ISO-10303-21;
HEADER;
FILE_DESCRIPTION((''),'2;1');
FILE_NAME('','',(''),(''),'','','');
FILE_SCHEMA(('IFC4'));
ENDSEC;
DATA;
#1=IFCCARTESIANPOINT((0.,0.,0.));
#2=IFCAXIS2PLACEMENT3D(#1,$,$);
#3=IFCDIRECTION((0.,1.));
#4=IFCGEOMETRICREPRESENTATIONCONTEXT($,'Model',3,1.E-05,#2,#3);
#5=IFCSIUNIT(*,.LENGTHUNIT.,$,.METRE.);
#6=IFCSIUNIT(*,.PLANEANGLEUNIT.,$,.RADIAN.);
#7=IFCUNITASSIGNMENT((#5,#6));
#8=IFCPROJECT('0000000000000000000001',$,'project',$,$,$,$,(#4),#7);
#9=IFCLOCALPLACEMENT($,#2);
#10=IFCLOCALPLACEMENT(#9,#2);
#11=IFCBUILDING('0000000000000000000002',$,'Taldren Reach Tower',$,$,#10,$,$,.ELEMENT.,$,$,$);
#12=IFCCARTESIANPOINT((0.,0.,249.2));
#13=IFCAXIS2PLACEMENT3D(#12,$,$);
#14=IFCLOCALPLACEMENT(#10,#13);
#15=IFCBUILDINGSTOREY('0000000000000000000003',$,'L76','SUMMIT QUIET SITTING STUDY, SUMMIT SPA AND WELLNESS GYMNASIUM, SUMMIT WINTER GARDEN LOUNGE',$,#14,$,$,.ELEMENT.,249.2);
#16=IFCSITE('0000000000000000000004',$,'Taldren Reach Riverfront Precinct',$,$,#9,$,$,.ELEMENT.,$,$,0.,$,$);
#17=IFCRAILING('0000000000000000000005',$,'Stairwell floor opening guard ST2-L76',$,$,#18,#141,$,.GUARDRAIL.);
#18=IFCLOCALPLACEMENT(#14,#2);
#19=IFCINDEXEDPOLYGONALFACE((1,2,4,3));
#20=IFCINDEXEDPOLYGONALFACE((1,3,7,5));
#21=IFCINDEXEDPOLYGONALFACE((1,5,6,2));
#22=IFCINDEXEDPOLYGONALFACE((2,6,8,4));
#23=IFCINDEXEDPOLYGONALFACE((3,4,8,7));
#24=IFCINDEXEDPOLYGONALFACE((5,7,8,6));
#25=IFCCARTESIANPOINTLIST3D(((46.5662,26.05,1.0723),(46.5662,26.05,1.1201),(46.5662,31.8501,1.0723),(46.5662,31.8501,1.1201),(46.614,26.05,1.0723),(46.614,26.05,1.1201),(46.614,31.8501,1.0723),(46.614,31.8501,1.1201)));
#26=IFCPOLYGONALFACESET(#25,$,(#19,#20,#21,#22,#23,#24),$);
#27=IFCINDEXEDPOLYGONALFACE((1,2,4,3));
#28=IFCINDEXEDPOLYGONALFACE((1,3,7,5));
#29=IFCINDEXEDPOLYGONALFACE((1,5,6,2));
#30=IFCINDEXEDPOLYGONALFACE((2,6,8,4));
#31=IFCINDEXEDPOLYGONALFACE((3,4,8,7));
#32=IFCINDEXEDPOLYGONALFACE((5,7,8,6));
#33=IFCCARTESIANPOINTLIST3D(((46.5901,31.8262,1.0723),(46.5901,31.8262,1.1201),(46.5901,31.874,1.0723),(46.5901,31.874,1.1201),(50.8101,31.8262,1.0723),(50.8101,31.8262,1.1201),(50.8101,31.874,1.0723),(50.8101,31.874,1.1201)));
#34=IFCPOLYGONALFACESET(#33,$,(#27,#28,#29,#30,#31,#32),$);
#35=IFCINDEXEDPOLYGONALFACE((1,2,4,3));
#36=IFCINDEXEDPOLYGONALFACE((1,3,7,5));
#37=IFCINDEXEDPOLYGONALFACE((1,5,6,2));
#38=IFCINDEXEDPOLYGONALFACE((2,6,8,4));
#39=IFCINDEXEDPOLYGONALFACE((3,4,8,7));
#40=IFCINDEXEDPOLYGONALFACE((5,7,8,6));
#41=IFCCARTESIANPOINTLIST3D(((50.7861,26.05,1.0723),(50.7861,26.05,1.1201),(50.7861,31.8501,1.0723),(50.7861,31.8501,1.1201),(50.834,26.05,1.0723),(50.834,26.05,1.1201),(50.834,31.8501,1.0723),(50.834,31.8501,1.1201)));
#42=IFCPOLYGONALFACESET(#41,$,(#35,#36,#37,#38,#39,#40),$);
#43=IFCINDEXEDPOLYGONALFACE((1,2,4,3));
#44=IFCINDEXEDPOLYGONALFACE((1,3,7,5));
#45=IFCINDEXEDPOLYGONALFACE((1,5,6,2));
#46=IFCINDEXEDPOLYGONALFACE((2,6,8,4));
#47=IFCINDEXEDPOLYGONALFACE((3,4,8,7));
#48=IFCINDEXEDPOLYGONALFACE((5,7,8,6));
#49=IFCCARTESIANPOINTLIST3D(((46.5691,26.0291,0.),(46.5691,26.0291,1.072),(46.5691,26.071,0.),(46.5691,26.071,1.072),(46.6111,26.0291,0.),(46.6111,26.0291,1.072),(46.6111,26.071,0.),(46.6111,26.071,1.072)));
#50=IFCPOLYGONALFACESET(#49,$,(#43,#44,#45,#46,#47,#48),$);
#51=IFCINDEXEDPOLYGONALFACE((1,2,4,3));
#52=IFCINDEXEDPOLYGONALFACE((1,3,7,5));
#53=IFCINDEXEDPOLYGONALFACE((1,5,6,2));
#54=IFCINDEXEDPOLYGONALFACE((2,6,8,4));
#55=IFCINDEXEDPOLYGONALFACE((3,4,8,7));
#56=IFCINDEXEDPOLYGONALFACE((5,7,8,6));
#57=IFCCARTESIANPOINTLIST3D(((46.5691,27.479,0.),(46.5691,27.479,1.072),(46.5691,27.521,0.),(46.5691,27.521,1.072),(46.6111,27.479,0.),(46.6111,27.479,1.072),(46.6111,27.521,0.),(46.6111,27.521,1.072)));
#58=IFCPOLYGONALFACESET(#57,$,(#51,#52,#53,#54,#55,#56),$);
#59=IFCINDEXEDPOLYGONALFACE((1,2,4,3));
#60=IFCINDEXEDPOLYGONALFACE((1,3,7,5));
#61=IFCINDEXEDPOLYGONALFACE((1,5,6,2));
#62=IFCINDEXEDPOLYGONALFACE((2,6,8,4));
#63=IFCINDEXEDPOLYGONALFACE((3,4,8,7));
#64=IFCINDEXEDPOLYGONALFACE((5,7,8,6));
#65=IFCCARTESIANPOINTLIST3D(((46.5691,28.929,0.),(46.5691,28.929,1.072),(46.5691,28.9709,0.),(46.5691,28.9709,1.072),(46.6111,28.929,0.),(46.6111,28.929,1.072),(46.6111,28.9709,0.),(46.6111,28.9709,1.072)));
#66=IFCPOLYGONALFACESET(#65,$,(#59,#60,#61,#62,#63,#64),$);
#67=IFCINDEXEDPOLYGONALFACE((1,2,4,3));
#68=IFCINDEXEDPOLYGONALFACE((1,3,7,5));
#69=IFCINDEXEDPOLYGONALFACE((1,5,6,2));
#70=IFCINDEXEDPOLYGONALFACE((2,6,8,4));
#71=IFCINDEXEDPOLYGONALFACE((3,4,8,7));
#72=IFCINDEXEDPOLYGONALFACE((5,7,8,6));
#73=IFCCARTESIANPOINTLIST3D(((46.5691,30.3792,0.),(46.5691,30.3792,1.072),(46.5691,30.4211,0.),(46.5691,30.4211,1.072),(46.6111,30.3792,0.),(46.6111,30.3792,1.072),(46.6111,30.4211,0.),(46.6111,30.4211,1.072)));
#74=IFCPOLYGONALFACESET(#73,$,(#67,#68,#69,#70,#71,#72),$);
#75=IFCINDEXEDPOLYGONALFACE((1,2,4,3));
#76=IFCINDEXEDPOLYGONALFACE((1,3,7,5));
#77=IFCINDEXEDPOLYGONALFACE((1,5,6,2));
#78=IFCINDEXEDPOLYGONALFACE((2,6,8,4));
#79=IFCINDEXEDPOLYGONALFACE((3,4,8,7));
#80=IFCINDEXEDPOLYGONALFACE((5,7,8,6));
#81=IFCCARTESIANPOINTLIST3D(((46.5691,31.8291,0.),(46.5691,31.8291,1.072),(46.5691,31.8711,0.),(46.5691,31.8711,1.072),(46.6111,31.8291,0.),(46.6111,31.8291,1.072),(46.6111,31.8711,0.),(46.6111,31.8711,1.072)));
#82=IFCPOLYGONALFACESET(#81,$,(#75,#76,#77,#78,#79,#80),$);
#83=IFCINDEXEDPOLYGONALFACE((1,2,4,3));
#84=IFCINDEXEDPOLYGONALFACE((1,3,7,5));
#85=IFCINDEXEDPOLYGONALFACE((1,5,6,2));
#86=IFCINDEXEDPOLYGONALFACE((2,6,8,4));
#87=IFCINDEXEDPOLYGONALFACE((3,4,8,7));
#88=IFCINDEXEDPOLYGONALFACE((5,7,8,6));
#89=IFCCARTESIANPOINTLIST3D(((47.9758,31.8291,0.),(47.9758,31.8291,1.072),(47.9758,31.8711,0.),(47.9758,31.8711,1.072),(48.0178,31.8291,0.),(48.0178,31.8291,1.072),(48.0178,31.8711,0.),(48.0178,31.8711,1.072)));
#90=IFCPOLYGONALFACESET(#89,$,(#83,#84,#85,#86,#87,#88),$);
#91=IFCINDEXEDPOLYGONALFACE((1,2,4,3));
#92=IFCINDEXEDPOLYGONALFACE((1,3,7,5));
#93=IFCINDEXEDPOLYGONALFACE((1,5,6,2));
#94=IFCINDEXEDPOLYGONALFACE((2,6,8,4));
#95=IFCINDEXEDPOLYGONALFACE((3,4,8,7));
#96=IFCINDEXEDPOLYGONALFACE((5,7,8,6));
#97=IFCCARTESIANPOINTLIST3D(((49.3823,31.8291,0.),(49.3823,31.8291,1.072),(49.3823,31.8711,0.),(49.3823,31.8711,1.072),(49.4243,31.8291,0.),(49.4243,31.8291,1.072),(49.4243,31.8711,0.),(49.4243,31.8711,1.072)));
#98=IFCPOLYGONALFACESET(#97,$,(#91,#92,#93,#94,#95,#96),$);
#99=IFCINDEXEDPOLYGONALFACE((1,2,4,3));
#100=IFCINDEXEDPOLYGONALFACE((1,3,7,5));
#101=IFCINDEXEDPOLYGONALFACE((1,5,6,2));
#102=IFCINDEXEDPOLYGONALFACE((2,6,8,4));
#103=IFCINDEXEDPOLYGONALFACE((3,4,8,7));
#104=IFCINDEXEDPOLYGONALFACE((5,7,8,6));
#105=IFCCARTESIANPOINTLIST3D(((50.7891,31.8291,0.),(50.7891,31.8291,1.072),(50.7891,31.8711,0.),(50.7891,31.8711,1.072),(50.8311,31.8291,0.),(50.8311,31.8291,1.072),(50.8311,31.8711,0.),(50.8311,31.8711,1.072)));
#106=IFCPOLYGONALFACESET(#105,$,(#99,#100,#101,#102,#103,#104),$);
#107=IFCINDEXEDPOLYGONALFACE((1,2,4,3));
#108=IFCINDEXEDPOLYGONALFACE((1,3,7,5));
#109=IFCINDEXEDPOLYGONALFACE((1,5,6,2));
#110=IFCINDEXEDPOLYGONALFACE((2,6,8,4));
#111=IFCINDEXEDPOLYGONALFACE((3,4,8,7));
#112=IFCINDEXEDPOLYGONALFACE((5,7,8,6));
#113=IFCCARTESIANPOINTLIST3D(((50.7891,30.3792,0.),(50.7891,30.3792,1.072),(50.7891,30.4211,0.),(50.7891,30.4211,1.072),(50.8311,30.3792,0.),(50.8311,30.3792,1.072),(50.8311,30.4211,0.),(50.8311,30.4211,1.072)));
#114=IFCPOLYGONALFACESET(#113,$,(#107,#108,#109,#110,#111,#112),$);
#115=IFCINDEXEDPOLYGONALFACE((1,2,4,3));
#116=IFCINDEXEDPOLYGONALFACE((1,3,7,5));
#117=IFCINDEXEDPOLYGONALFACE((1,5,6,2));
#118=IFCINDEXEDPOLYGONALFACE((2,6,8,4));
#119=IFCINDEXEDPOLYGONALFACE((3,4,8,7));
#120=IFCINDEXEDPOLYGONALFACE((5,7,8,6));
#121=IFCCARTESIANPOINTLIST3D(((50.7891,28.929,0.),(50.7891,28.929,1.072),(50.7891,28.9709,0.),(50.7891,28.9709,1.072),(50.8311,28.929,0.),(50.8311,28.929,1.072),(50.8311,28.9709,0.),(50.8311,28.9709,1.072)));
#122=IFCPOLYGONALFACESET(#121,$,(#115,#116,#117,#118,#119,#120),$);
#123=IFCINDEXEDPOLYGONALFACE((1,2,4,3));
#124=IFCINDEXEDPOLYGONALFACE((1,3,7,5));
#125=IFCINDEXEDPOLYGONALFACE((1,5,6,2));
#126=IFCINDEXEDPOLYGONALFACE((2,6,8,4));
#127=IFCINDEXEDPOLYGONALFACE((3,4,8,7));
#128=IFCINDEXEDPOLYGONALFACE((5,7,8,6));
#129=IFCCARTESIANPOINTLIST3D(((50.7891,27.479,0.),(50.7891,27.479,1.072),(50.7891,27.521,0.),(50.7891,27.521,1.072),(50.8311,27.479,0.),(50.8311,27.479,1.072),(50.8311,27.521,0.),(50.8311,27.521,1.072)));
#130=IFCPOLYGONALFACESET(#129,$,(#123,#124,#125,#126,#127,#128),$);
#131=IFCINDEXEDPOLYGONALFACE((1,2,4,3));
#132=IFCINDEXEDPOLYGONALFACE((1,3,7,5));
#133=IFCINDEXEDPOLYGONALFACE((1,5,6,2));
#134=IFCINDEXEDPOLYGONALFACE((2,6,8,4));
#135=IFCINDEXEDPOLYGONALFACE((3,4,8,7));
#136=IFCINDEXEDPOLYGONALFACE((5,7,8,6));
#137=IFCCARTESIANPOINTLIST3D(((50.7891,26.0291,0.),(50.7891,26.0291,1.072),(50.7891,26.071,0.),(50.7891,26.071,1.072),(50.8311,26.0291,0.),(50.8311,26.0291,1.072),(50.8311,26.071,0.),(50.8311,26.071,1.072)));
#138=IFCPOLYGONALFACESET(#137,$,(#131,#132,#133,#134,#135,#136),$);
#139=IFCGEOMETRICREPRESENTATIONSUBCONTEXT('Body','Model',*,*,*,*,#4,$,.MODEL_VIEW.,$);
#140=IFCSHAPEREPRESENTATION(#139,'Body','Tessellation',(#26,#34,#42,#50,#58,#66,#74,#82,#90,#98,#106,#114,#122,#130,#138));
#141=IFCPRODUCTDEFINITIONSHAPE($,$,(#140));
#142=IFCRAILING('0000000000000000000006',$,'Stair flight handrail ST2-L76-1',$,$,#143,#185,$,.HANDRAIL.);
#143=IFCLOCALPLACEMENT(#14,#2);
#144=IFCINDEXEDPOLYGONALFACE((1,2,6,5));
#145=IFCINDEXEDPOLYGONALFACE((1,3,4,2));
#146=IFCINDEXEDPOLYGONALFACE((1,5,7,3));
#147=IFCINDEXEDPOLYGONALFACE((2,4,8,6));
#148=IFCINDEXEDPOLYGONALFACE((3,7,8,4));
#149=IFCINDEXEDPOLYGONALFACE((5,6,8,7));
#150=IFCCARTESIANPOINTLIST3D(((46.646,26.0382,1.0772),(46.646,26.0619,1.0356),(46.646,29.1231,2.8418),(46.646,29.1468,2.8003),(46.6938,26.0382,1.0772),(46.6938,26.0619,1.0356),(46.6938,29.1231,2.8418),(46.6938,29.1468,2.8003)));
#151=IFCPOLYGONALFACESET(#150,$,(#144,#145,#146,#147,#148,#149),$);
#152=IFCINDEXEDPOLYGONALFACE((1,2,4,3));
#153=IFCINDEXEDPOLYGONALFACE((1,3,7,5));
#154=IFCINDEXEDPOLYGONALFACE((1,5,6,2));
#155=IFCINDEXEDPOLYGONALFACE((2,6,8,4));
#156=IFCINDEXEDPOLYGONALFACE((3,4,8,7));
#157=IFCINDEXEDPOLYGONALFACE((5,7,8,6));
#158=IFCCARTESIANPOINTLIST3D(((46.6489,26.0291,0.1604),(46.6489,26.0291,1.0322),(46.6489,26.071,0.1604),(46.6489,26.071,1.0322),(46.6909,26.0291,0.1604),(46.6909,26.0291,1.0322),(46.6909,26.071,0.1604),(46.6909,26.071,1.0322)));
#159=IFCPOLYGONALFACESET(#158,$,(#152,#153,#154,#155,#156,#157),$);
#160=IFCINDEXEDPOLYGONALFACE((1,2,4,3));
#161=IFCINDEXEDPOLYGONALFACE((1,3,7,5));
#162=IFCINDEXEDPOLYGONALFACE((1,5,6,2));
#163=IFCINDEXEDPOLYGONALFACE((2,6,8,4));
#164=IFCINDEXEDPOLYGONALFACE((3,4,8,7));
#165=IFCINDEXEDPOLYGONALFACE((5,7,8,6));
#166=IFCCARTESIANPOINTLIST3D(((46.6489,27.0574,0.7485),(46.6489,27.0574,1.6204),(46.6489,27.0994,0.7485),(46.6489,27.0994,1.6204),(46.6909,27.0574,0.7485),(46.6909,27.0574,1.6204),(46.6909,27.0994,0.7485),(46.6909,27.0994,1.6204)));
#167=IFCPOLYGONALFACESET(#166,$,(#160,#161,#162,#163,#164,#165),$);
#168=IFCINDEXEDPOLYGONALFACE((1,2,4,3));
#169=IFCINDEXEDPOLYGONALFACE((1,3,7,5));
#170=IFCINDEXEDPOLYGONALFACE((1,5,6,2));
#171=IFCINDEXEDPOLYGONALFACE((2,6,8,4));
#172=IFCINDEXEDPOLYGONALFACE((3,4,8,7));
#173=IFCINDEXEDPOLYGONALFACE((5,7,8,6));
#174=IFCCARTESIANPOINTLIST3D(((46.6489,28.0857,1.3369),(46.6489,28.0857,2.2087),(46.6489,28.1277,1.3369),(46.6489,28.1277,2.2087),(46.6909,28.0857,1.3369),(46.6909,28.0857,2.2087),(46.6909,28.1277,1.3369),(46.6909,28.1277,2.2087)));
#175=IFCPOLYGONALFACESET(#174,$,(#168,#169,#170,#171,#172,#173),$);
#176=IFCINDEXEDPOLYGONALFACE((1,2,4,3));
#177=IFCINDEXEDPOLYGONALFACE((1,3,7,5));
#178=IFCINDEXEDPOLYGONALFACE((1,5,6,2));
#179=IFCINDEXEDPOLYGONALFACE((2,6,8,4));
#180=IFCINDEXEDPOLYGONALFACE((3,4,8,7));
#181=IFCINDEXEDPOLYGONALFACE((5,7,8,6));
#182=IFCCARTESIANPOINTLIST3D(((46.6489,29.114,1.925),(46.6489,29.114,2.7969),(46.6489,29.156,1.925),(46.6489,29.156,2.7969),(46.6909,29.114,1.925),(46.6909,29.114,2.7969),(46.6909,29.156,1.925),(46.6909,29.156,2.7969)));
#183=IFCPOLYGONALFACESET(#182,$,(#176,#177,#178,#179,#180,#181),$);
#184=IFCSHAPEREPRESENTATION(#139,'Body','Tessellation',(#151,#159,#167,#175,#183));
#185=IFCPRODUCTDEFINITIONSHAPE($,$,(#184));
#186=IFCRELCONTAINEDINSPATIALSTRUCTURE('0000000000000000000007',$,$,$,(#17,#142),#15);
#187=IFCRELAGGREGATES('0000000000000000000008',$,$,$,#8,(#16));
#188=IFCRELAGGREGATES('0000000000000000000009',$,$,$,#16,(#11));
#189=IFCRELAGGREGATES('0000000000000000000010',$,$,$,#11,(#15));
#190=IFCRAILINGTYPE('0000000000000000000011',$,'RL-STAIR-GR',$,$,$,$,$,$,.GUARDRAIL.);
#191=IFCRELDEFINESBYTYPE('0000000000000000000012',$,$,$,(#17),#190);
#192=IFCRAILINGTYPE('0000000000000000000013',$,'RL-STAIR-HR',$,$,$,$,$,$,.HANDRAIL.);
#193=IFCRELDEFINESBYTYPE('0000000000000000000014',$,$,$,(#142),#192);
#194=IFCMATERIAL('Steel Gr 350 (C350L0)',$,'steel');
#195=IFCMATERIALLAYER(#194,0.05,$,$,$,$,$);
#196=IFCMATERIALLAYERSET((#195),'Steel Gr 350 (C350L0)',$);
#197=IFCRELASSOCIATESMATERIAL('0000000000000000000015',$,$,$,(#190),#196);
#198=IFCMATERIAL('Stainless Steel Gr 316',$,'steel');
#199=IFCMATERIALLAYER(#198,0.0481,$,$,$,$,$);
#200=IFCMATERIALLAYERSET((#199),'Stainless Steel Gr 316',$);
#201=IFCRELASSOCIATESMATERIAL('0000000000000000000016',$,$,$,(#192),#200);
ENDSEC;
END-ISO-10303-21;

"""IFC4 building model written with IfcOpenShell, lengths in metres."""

from ifc_helpers import new_model, si_unit, direction, frame, origin, origin_2d, place, context, subcontext, project, spatial, rectangle, extrude, material, layer, layer_set, type_object, element, save


model = new_model("IFC4")

# Units and contexts
model_context = context("Model", 3, precision=1e-05, world=origin(), true_north=direction((0.0, 1.0)))
body_context = subcontext(model_context, "Body", "Model", "MODEL_VIEW")
ifc_project = project(units=[si_unit("LENGTHUNIT", "METRE"), si_unit("PLANEANGLEUNIT", "RADIAN")], contexts=[model_context])

# Site, building, storey
site_placement = place(None, origin())
site = spatial("IfcSite", under=ifc_project, at=site_placement, Name="Taldren Reach Riverfront Precinct", CompositionType="ELEMENT", RefElevation=0.0)
building_placement = place(site_placement, origin())
building = spatial("IfcBuilding", under=site, at=building_placement, Name="Taldren Reach Tower", CompositionType="ELEMENT")
storey_placement = place(building_placement, frame((0.0, 0.0, 249.2)))
storey = spatial("IfcBuildingStorey", under=building, at=storey_placement, Name="L76", Description="SUMMIT QUIET SITTING STUDY, SUMMIT SPA AND WELLNESS GYMNASIUM, SUMMIT WINTER GARDEN LOUNGE", CompositionType="ELEMENT", Elevation=249.2)

# Shared definitions
ifc_material_1 = material(Name="Steel Gr 350 (C350L0)", Category="steel")

# Railings
ifc_layer_1 = layer(ifc_material_1, 0.05)
ifc_layer_set_1 = layer_set([ifc_layer_1], Name="Steel Gr 350 (C350L0)")
railing_type_1 = type_object("IfcRailingType", Name="RL-STAIR-GR", PredefinedType="GUARDRAIL", material=ifc_layer_set_1)
railing_1_placement = place(storey_placement, frame((46.5901, 26.05, 0.0)))
element("IfcRailing", 1, at=railing_1_placement, inside=storey, type_object=railing_type_1, Name="Stairwell floor opening guard ST2-L76", PredefinedType="GUARDRAIL", context=body_context, shape_type="SweptSolid", body=[
    extrude(rectangle(XDim=0.0479, YDim=0.0479, at=origin_2d()), frame((0.0, 0.0, 1.0962), z_axis=(0.0, 1.0, 0.0), x_axis=(-1.0, 0.0, 0.0)), (0.0, 0.0, 1.0), 5.8),
    extrude(rectangle(XDim=0.0479, YDim=0.0479, at=origin_2d()), frame((0.0, 5.8, 1.0962), z_axis=(1.0, 0.0, 0.0), x_axis=(0.0, 1.0, 0.0)), (0.0, 0.0, 1.0), 4.22),
    extrude(rectangle(XDim=0.0479, YDim=0.0479, at=origin_2d()), frame((4.22, 5.8, 1.0962), z_axis=(0.0, -1.0, 0.0), x_axis=(1.0, 0.0, 0.0)), (0.0, 0.0, 1.0), 5.8),
    extrude(rectangle(XDim=0.042, YDim=0.042, at=origin_2d()), origin(), (0.0, 0.0, 1.0), 1.072),
    extrude(rectangle(XDim=0.042, YDim=0.042, at=origin_2d()), frame((0.0, 1.45, 0.0)), (0.0, 0.0, 1.0), 1.072),
    extrude(rectangle(XDim=0.042, YDim=0.042, at=origin_2d()), frame((0.0, 2.8999, 0.0)), (0.0, 0.0, 1.0), 1.072),
    extrude(rectangle(XDim=0.042, YDim=0.042, at=origin_2d()), frame((0.0, 4.3501, 0.0)), (0.0, 0.0, 1.0), 1.072),
    extrude(rectangle(XDim=0.042, YDim=0.042, at=origin_2d()), frame((0.0, 5.8, 0.0)), (0.0, 0.0, 1.0), 1.072),
    extrude(rectangle(XDim=0.042, YDim=0.042, at=origin_2d()), frame((1.4067, 5.8, 0.0)), (0.0, 0.0, 1.0), 1.072),
    extrude(rectangle(XDim=0.042, YDim=0.042, at=origin_2d()), frame((2.8132, 5.8, 0.0)), (0.0, 0.0, 1.0), 1.072),
    extrude(rectangle(XDim=0.042, YDim=0.042, at=origin_2d()), frame((4.22, 5.8, 0.0)), (0.0, 0.0, 1.0), 1.072),
    extrude(rectangle(XDim=0.042, YDim=0.042, at=origin_2d()), frame((4.22, 4.3501, 0.0)), (0.0, 0.0, 1.0), 1.072),
    extrude(rectangle(XDim=0.042, YDim=0.042, at=origin_2d()), frame((4.22, 2.8999, 0.0)), (0.0, 0.0, 1.0), 1.072),
    extrude(rectangle(XDim=0.042, YDim=0.042, at=origin_2d()), frame((4.22, 1.45, 0.0)), (0.0, 0.0, 1.0), 1.072),
    extrude(rectangle(XDim=0.042, YDim=0.042, at=origin_2d()), frame((4.22, 0.0, 0.0)), (0.0, 0.0, 1.0), 1.072),
])
ifc_material_2 = material(Name="Stainless Steel Gr 316", Category="steel")
ifc_layer_2 = layer(ifc_material_2, 0.0481)
ifc_layer_set_2 = layer_set([ifc_layer_2], Name="Stainless Steel Gr 316")
railing_type_2 = type_object("IfcRailingType", Name="RL-STAIR-HR", PredefinedType="HANDRAIL", material=ifc_layer_set_2)
railing_2_placement = place(storey_placement, frame((46.6699, 26.05, 0.1604)))
element("IfcRailing", 2, at=railing_2_placement, inside=storey, type_object=railing_type_2, Name="Stair flight handrail ST2-L76-1", PredefinedType="HANDRAIL", context=body_context, shape_type="SweptSolid", body=[
    extrude(rectangle(XDim=0.0479, YDim=0.0479, at=origin_2d()), frame((0.0, 0.0, 0.896), z_axis=(0.0, 0.868023, 0.496524), x_axis=(-1.0, 0.0, 0.0)), (0.0, 0.0, 1.0), 3.554),
    extrude(rectangle(XDim=0.042, YDim=0.042, at=origin_2d()), origin(), (0.0, 0.0, 1.0), 0.8718),
    extrude(rectangle(XDim=0.042, YDim=0.042, at=origin_2d()), frame((0.0, 1.0283, 0.5881)), (0.0, 0.0, 1.0), 0.8718),
    extrude(rectangle(XDim=0.042, YDim=0.042, at=origin_2d()), frame((0.0, 2.0566, 1.1765)), (0.0, 0.0, 1.0), 0.8718),
    extrude(rectangle(XDim=0.042, YDim=0.042, at=origin_2d()), frame((0.0, 3.085, 1.7646)), (0.0, 0.0, 1.0), 0.8718),
])

save(model, "model.ifc")
